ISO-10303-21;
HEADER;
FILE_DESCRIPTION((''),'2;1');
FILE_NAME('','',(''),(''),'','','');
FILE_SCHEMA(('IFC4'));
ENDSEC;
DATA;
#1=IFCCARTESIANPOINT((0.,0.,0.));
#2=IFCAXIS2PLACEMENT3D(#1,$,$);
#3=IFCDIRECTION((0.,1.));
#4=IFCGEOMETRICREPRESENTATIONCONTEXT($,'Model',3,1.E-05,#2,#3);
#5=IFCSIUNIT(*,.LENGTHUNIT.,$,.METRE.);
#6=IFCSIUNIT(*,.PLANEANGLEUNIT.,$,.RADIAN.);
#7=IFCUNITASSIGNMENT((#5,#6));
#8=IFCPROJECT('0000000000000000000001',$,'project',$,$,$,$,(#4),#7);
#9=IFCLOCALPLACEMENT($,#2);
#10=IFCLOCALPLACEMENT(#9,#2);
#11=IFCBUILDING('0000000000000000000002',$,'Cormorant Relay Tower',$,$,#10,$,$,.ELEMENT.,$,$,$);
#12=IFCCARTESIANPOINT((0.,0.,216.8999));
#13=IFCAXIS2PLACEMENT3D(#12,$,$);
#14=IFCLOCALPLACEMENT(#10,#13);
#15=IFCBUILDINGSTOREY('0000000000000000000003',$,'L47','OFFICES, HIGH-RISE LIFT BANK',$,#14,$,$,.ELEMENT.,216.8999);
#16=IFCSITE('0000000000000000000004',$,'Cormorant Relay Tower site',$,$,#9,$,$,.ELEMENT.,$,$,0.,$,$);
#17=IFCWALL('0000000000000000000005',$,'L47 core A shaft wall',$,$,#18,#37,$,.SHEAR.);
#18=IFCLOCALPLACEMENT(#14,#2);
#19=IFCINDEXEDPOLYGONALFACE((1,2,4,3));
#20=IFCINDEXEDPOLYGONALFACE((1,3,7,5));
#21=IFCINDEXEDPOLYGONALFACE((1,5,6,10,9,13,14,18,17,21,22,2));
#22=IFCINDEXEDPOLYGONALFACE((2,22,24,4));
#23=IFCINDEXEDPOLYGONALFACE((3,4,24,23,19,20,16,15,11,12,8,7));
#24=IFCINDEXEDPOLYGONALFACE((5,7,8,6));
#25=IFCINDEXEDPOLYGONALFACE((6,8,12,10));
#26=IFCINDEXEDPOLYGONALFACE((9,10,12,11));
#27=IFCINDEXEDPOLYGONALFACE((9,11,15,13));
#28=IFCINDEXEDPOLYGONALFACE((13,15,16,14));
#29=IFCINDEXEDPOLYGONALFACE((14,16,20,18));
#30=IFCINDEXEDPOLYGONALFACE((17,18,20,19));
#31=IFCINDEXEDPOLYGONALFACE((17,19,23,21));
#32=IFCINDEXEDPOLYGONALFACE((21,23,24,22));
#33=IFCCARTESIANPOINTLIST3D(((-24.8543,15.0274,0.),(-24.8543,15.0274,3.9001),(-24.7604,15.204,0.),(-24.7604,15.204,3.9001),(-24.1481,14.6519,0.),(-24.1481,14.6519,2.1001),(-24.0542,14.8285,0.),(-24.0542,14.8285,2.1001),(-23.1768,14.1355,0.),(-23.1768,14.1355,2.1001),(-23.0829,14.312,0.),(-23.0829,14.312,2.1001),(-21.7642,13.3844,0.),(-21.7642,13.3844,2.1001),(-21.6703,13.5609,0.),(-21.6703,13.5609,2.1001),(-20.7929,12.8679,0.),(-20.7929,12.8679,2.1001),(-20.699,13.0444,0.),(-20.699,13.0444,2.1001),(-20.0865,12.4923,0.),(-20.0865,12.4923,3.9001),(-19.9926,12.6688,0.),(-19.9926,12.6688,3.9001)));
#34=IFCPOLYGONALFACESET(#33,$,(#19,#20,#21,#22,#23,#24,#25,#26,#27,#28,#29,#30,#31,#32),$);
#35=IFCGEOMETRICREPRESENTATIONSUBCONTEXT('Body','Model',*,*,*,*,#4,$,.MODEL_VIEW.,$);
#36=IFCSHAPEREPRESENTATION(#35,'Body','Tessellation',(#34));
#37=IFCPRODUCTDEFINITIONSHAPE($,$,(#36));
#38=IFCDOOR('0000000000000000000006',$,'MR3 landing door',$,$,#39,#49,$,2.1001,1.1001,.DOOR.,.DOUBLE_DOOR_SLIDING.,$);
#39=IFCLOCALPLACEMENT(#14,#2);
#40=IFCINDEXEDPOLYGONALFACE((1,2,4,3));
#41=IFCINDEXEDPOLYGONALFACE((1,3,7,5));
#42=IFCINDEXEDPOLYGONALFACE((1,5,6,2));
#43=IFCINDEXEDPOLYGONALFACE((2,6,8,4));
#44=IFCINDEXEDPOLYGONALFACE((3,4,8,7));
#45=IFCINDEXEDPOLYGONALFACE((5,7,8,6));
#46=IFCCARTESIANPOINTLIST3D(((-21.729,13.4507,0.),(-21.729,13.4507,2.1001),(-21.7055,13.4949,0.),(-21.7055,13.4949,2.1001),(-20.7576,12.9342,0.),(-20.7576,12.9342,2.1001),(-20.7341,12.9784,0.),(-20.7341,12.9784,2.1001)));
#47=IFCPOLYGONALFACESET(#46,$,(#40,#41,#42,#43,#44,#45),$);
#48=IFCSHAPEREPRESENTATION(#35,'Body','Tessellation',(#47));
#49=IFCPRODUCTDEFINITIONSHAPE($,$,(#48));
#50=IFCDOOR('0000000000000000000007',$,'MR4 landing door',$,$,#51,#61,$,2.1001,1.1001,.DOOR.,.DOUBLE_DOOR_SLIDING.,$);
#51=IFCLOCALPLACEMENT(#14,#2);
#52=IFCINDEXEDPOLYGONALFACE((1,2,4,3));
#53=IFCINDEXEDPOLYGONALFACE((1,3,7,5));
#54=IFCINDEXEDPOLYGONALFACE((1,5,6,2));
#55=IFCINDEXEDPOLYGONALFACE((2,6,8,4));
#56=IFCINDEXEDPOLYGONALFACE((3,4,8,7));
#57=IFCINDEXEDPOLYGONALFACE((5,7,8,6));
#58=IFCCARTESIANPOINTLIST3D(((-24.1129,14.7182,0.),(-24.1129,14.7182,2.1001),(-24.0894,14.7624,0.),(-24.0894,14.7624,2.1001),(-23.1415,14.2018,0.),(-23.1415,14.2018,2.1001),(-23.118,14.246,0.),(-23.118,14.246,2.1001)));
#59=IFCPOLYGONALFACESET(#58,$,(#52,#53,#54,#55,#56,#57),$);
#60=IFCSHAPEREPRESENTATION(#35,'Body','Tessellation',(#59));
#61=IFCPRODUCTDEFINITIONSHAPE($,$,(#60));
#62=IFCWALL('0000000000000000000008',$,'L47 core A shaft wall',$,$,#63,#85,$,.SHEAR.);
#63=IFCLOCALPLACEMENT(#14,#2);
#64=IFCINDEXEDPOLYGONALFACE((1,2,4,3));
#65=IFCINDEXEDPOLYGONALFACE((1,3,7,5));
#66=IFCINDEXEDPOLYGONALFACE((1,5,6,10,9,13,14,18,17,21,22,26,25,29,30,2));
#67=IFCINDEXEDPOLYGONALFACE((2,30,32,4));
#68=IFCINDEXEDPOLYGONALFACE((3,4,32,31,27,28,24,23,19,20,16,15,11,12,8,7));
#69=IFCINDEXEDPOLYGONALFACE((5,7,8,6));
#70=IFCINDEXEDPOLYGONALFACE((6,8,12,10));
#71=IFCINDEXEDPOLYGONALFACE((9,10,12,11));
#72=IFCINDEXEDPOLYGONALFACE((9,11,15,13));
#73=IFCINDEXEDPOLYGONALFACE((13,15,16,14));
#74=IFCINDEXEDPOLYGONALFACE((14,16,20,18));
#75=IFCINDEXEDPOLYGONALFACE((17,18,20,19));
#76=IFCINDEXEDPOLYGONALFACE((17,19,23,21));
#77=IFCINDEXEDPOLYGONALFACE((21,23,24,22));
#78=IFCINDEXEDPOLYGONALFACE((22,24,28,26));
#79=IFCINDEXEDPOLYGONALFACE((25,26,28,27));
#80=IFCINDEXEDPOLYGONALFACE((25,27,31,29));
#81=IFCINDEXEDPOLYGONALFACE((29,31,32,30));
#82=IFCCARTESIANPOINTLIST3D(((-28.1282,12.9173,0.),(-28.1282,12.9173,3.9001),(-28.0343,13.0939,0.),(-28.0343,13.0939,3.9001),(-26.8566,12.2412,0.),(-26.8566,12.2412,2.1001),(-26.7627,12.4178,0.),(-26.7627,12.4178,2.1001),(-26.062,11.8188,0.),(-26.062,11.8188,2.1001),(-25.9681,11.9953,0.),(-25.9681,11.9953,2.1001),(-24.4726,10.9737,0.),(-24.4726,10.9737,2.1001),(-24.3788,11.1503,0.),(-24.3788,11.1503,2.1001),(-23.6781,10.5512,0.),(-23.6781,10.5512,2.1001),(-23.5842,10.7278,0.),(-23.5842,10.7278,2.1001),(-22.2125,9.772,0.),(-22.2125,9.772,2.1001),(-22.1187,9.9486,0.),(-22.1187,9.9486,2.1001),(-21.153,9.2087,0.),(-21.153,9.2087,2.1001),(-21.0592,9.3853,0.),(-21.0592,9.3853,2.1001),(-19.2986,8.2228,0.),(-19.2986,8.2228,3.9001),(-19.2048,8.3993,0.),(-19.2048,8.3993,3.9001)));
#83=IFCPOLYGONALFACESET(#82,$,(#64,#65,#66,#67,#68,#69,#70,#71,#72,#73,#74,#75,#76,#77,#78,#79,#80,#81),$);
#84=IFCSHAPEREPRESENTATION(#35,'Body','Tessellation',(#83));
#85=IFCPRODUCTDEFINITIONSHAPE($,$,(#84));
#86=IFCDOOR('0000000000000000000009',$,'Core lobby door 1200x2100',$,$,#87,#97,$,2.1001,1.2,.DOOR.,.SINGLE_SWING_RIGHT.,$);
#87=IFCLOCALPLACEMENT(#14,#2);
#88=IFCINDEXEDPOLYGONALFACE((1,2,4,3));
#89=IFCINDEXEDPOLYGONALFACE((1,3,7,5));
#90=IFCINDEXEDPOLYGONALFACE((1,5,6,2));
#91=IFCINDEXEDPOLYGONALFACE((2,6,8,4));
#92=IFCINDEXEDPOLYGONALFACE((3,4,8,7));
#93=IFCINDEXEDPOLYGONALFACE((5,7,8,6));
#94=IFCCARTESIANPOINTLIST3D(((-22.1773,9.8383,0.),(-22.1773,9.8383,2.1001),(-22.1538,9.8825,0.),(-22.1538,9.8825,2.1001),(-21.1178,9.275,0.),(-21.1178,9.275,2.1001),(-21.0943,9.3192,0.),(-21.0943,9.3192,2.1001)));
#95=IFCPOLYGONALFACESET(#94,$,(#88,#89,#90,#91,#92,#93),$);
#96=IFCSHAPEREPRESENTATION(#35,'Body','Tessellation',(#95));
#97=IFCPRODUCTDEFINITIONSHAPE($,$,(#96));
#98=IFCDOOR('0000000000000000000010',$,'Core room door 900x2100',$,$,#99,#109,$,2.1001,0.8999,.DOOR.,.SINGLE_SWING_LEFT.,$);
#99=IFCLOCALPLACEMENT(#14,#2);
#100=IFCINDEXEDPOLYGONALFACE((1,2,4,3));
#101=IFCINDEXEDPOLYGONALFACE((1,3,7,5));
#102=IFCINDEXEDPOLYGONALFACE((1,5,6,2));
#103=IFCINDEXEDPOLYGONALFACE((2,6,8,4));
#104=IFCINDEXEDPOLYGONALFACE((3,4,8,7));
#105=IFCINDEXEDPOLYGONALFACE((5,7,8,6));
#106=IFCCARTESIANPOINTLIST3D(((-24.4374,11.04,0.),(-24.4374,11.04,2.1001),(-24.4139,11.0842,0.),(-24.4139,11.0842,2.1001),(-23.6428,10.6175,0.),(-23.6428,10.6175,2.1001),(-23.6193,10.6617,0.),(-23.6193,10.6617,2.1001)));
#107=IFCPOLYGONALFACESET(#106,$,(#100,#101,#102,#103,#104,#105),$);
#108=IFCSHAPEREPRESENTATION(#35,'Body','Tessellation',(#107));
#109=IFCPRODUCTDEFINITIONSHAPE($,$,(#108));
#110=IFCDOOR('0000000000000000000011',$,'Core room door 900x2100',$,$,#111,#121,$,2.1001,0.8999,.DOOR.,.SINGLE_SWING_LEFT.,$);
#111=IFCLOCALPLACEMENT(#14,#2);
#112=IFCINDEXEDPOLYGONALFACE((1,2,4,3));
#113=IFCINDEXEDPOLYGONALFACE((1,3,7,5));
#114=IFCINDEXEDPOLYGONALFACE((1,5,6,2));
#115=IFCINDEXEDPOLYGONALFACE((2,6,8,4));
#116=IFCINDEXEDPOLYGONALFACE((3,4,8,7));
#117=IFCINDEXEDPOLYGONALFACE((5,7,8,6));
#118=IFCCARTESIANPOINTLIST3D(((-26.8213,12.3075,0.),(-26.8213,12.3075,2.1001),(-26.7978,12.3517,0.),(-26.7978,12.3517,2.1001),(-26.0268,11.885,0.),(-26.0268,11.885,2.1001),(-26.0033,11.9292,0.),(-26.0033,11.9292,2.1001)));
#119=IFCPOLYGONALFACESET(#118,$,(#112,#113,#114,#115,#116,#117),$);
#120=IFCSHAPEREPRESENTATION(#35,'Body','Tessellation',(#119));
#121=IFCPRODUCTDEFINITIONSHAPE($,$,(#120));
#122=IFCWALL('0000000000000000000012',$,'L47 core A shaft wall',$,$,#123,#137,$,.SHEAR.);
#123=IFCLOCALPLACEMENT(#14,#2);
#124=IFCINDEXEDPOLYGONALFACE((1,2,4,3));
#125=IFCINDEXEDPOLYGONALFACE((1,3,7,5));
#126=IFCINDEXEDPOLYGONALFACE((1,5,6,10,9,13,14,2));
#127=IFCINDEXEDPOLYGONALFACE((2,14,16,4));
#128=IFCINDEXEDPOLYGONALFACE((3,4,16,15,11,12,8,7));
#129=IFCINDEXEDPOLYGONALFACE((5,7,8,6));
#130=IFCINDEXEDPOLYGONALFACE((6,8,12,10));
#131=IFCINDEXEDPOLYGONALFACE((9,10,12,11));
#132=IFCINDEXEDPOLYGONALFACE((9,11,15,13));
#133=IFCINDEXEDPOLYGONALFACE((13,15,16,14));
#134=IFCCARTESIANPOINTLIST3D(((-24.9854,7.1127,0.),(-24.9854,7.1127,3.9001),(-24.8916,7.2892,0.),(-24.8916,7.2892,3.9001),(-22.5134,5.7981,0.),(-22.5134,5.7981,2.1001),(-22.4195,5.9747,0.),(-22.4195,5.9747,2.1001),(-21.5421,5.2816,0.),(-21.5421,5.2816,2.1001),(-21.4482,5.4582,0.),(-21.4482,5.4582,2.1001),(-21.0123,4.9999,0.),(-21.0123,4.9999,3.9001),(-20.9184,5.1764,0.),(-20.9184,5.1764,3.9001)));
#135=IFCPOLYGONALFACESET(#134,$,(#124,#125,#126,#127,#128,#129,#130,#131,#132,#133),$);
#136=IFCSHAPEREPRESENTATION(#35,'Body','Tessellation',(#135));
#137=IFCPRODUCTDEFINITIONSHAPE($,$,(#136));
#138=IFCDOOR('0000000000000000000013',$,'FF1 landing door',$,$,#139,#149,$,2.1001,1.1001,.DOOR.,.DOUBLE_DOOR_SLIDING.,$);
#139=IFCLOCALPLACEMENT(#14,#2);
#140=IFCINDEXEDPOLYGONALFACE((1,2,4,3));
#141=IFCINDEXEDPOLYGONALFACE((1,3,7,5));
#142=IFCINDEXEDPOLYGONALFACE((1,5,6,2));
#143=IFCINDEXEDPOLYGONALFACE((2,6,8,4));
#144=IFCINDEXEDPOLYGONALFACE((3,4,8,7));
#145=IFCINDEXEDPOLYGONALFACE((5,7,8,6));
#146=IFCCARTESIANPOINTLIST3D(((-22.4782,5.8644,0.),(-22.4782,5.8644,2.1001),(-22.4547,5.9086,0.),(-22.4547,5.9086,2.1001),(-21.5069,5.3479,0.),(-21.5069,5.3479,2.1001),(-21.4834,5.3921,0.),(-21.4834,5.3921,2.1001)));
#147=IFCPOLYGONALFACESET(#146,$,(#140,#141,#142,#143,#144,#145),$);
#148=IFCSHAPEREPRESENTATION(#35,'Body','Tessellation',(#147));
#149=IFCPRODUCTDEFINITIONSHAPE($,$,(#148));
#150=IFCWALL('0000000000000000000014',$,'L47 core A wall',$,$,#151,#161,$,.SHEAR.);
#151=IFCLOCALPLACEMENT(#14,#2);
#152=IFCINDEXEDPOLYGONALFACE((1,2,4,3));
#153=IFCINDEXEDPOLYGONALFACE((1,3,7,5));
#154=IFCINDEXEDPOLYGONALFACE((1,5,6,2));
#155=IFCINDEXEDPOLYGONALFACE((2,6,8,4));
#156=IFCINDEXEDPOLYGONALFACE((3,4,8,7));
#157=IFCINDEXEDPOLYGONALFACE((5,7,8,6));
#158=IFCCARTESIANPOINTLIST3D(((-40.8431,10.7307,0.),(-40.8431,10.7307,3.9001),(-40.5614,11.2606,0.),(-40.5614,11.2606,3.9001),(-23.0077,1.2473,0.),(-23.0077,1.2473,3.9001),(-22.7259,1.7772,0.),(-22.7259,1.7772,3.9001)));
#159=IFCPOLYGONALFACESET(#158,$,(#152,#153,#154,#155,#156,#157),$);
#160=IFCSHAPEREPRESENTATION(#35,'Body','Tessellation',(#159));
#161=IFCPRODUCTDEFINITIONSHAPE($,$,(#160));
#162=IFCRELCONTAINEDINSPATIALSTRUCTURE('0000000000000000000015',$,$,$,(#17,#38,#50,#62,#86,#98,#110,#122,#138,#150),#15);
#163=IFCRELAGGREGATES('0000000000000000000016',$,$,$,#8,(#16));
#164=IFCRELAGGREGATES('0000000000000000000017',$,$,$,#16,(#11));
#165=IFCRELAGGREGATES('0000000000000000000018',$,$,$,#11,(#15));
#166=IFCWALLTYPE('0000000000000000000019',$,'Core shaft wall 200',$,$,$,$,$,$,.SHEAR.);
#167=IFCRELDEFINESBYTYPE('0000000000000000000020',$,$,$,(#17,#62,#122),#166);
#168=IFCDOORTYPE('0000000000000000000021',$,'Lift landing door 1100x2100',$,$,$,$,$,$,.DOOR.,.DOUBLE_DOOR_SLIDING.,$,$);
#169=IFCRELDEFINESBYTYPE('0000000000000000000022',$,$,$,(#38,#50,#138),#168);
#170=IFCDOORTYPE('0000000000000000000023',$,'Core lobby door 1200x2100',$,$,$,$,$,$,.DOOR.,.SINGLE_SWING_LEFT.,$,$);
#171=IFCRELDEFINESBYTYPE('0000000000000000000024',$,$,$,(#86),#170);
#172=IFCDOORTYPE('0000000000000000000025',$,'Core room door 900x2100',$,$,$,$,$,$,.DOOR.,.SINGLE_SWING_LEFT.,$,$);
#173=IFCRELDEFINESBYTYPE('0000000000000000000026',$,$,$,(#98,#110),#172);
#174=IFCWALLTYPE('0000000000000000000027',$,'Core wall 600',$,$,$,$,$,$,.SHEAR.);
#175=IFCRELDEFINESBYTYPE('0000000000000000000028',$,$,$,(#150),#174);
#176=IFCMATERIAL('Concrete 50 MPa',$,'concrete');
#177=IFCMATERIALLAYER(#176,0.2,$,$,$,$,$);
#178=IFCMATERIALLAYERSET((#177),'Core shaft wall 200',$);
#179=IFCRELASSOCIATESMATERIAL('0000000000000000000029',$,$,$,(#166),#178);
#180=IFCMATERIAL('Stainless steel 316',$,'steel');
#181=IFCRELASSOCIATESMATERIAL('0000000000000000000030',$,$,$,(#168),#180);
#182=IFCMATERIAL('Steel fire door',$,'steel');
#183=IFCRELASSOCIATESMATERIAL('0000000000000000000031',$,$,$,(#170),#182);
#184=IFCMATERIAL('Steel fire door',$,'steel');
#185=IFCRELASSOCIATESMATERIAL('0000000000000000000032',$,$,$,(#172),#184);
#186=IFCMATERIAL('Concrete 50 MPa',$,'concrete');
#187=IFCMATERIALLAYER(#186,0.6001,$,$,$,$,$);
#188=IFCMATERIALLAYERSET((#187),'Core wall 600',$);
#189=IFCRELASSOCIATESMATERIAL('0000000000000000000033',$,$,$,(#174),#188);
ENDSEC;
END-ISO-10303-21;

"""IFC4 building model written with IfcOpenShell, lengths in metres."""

from ifc_helpers import new_model, si_unit, direction, frame, frame_2d, origin, place, context, subcontext, project, spatial, rectangle, extrude, material, layer, layer_set, type_object, element, fill, save


model = new_model("IFC4")

# Units and contexts
model_context = context("Model", 3, precision=1e-05, world=origin(), true_north=direction((0.0, 1.0)))
body_context = subcontext(model_context, "Body", "Model", "MODEL_VIEW")
ifc_project = project(units=[si_unit("LENGTHUNIT", "METRE"), si_unit("PLANEANGLEUNIT", "RADIAN")], contexts=[model_context])

# Site, building, storey
site_placement = place(None, origin())
site = spatial("IfcSite", under=ifc_project, at=site_placement, Name="Cormorant Relay Tower site", CompositionType="ELEMENT", RefElevation=0.0)
building_placement = place(site_placement, origin())
building = spatial("IfcBuilding", under=site, at=building_placement, Name="Cormorant Relay Tower", CompositionType="ELEMENT")
storey_placement = place(building_placement, frame((0.0, 0.0, 216.8999)))
storey = spatial("IfcBuildingStorey", under=building, at=storey_placement, Name="L47", Description="OFFICES, HIGH-RISE LIFT BANK", CompositionType="ELEMENT", Elevation=216.8999)

# Shared definitions
ifc_material_1 = material(Name="Concrete 50 MPa", Category="concrete")
ifc_layer_1 = layer(ifc_material_1, 0.2)
ifc_layer_set_1 = layer_set([ifc_layer_1], Name="Core shaft wall 200")
wall_type_1 = type_object("IfcWallType", Name="Core shaft wall 200", PredefinedType="SHEAR", material=ifc_layer_set_1)

# Walls, openings, doors
wall_1_placement = place(storey_placement, frame((-20.0396, 12.5806, 0.0), z_axis=(0.0, 0.0, 1.0), x_axis=(-0.882943, 0.46948, 0.0)))
wall_1 = element("IfcWall", 1, at=wall_1_placement, inside=storey, type_object=wall_type_1, Name="L47 core A shaft wall", PredefinedType="SHEAR", context=body_context, shape_type="SweptSolid", body=[
    extrude(rectangle(XDim=5.3999, YDim=0.2, at=frame_2d((2.7, 0.0))), origin(), (0.0, 0.0, 1.0), 3.9001),
])
opening_1_placement = place(wall_1_placement, frame((0.8, 0.0, 0.0)))
opening_1 = element("IfcOpeningElement", 2, at=opening_1_placement, cuts=wall_1, PredefinedType="OPENING", context=body_context, shape_type="SweptSolid", body=[
    extrude(rectangle(XDim=1.1001, YDim=2.1001, at=frame_2d((0.55, 1.05))), frame((0.0, 0.1099, 0.0), z_axis=(0.0, -1.0, 0.0), x_axis=(1.0, 0.0, 0.0)), (0.0, 0.0, 1.0), 0.22),
])
opening_2_placement = place(wall_1_placement, frame((3.5, 0.0, 0.0)))
opening_2 = element("IfcOpeningElement", 3, at=opening_2_placement, cuts=wall_1, PredefinedType="OPENING", context=body_context, shape_type="SweptSolid", body=[
    extrude(rectangle(XDim=1.1001, YDim=2.1001, at=frame_2d((0.55, 1.05))), frame((0.0, 0.1099, 0.0), z_axis=(0.0, -1.0, 0.0), x_axis=(1.0, 0.0, 0.0)), (0.0, 0.0, 1.0), 0.22),
])
ifc_material_2 = material(Name="Stainless steel 316", Category="steel")
door_type_1 = type_object("IfcDoorType", Name="Lift landing door 1100x2100", OperationType="DOUBLE_DOOR_SLIDING", PredefinedType="DOOR", material=ifc_material_2)
door_1_placement = place(opening_1_placement, origin())
door_1 = element("IfcDoor", 4, at=door_1_placement, inside=storey, type_object=door_type_1, Name="MR3 landing door", OperationType="DOUBLE_DOOR_SLIDING", OverallHeight=2.1001, OverallWidth=1.1001, PredefinedType="DOOR", context=body_context, shape_type="SweptSolid", body=[
    extrude(rectangle(XDim=1.1001, YDim=2.1001, at=frame_2d((0.55, 1.05))), frame((0.0, 0.0249, 0.0), z_axis=(0.0, -1.0, 0.0), x_axis=(1.0, 0.0, 0.0)), (0.0, 0.0, 1.0), 0.05),
])
fill(opening_1, door_1)
door_2_placement = place(opening_2_placement, origin())
door_2 = element("IfcDoor", 5, at=door_2_placement, inside=storey, type_object=door_type_1, Name="MR4 landing door", OperationType="DOUBLE_DOOR_SLIDING", OverallHeight=2.1001, OverallWidth=1.1001, PredefinedType="DOOR", context=body_context, shape_type="SweptSolid", body=[
    extrude(rectangle(XDim=1.1001, YDim=2.1001, at=frame_2d((0.55, 1.05))), frame((0.0, 0.0249, 0.0), z_axis=(0.0, -1.0, 0.0), x_axis=(1.0, 0.0, 0.0)), (0.0, 0.0, 1.0), 0.05),
])
fill(opening_2, door_2)
wall_2_placement = place(storey_placement, frame((-19.2517, 8.311, 0.0), z_axis=(0.0, 0.0, 1.0), x_axis=(-0.882956, 0.469456, 0.0)))
wall_2 = element("IfcWall", 6, at=wall_2_placement, inside=storey, type_object=wall_type_1, Name="L47 core A shaft wall", PredefinedType="SHEAR", context=body_context, shape_type="SweptSolid", body=[
    extrude(rectangle(XDim=10.0, YDim=0.2, at=frame_2d((5.0, 0.0))), origin(), (0.0, 0.0, 1.0), 3.9001),
])
opening_3_placement = place(wall_2_placement, frame((2.1001, 0.0, 0.0)))
opening_3 = element("IfcOpeningElement", 7, at=opening_3_placement, cuts=wall_2, PredefinedType="OPENING", context=body_context, shape_type="SweptSolid", body=[
    extrude(rectangle(XDim=1.2, YDim=2.1001, at=frame_2d((0.6001, 1.05))), frame((0.0, 0.1099, 0.0), z_axis=(0.0, -1.0, 0.0), x_axis=(1.0, 0.0, 0.0)), (0.0, 0.0, 1.0), 0.22),
])
opening_4_placement = place(wall_2_placement, frame((4.96, 0.0, 0.0)))
opening_4 = element("IfcOpeningElement", 8, at=opening_4_placement, cuts=wall_2, PredefinedType="OPENING", context=body_context, shape_type="SweptSolid", body=[
    extrude(rectangle(XDim=0.8999, YDim=2.1001, at=frame_2d((0.45, 1.05))), frame((0.0, 0.1099, 0.0), z_axis=(0.0, -1.0, 0.0), x_axis=(1.0, 0.0, 0.0)), (0.0, 0.0, 1.0), 0.22),
])
opening_5_placement = place(wall_2_placement, frame((7.6599, 0.0, 0.0)))
opening_5 = element("IfcOpeningElement", 9, at=opening_5_placement, cuts=wall_2, PredefinedType="OPENING", context=body_context, shape_type="SweptSolid", body=[
    extrude(rectangle(XDim=0.8999, YDim=2.1001, at=frame_2d((0.45, 1.05))), frame((0.0, 0.1099, 0.0), z_axis=(0.0, -1.0, 0.0), x_axis=(1.0, 0.0, 0.0)), (0.0, 0.0, 1.0), 0.22),
])
ifc_material_3 = material(Name="Steel fire door", Category="steel")
door_type_2 = type_object("IfcDoorType", Name="Core lobby door 1200x2100", OperationType="SINGLE_SWING_LEFT", PredefinedType="DOOR", material=ifc_material_3)
door_3_placement = place(opening_3_placement, origin())
door_3 = element("IfcDoor", 10, at=door_3_placement, inside=storey, type_object=door_type_2, Name="Core lobby door 1200x2100", OperationType="SINGLE_SWING_RIGHT", OverallHeight=2.1001, OverallWidth=1.2, PredefinedType="DOOR", context=body_context, shape_type="SweptSolid", body=[
    extrude(rectangle(XDim=1.2, YDim=2.1001, at=frame_2d((0.6001, 1.05))), frame((0.0, 0.0249, 0.0), z_axis=(0.0, -1.0, 0.0), x_axis=(1.0, 0.0, 0.0)), (0.0, 0.0, 1.0), 0.05),
])
fill(opening_3, door_3)
ifc_material_4 = material(Name="Steel fire door", Category="steel")
door_type_3 = type_object("IfcDoorType", Name="Core room door 900x2100", OperationType="SINGLE_SWING_LEFT", PredefinedType="DOOR", material=ifc_material_4)
door_4_placement = place(opening_4_placement, origin())
door_4 = element("IfcDoor", 11, at=door_4_placement, inside=storey, type_object=door_type_3, Name="Core room door 900x2100", OperationType="SINGLE_SWING_LEFT", OverallHeight=2.1001, OverallWidth=0.8999, PredefinedType="DOOR", context=body_context, shape_type="SweptSolid", body=[
    extrude(rectangle(XDim=0.8999, YDim=2.1001, at=frame_2d((0.45, 1.05))), frame((0.0, 0.0249, 0.0), z_axis=(0.0, -1.0, 0.0), x_axis=(1.0, 0.0, 0.0)), (0.0, 0.0, 1.0), 0.05),
])
fill(opening_4, door_4)
door_5_placement = place(opening_5_placement, origin())
door_5 = element("IfcDoor", 12, at=door_5_placement, inside=storey, type_object=door_type_3, Name="Core room door 900x2100", OperationType="SINGLE_SWING_LEFT", OverallHeight=2.1001, OverallWidth=0.8999, PredefinedType="DOOR", context=body_context, shape_type="SweptSolid", body=[
    extrude(rectangle(XDim=0.8999, YDim=2.1001, at=frame_2d((0.45, 1.05))), frame((0.0, 0.0249, 0.0), z_axis=(0.0, -1.0, 0.0), x_axis=(1.0, 0.0, 0.0)), (0.0, 0.0, 1.0), 0.05),
])
fill(opening_5, door_5)

# Wall, opening, door
wall_3_placement = place(storey_placement, frame((-20.9653, 5.0881, 0.0), z_axis=(0.0, 0.0, 1.0), x_axis=(-0.882926, 0.469512, 0.0)))
wall_3 = element("IfcWall", 13, at=wall_3_placement, inside=storey, type_object=wall_type_1, Name="L47 core A shaft wall", PredefinedType="SHEAR", context=body_context, shape_type="SweptSolid", body=[
    extrude(rectangle(XDim=4.5, YDim=0.2, at=frame_2d((2.25, 0.0))), origin(), (0.0, 0.0, 1.0), 3.9001),
])
opening_6_placement = place(wall_3_placement, frame((0.6001, 0.0, 0.0)))
opening_6 = element("IfcOpeningElement", 14, at=opening_6_placement, cuts=wall_3, PredefinedType="OPENING", context=body_context, shape_type="SweptSolid", body=[
    extrude(rectangle(XDim=1.1001, YDim=2.1001, at=frame_2d((0.55, 1.05))), frame((0.0, 0.1099, 0.0), z_axis=(0.0, -1.0, 0.0), x_axis=(1.0, 0.0, 0.0)), (0.0, 0.0, 1.0), 0.22),
])
door_6_placement = place(opening_6_placement, origin())
door_6 = element("IfcDoor", 15, at=door_6_placement, inside=storey, type_object=door_type_1, Name="FF1 landing door", OperationType="DOUBLE_DOOR_SLIDING", OverallHeight=2.1001, OverallWidth=1.1001, PredefinedType="DOOR", context=body_context, shape_type="SweptSolid", body=[
    extrude(rectangle(XDim=1.1001, YDim=2.1001, at=frame_2d((0.55, 1.05))), frame((0.0, 0.0249, 0.0), z_axis=(0.0, -1.0, 0.0), x_axis=(1.0, 0.0, 0.0)), (0.0, 0.0, 1.0), 0.05),
])
fill(opening_6, door_6)

# Wall
ifc_material_5 = material(Name="Concrete 50 MPa", Category="concrete")
ifc_layer_2 = layer(ifc_material_5, 0.6001)
ifc_layer_set_2 = layer_set([ifc_layer_2], Name="Core wall 600")
wall_type_2 = type_object("IfcWallType", Name="Core wall 600", PredefinedType="SHEAR", material=ifc_layer_set_2)
wall_4_placement = place(storey_placement, frame((-22.8667, 1.5122, 0.0), z_axis=(0.0, 0.0, 1.0), x_axis=(-0.882945, 0.469476, 0.0)))
element("IfcWall", 16, at=wall_4_placement, inside=storey, type_object=wall_type_2, Name="L47 core A wall", PredefinedType="SHEAR", context=body_context, shape_type="SweptSolid", body=[
    extrude(rectangle(XDim=20.2, YDim=0.6001, at=frame_2d((10.1001, 0.0))), origin(), (0.0, 0.0, 1.0), 3.9001),
])

save(model, "model.ifc")
